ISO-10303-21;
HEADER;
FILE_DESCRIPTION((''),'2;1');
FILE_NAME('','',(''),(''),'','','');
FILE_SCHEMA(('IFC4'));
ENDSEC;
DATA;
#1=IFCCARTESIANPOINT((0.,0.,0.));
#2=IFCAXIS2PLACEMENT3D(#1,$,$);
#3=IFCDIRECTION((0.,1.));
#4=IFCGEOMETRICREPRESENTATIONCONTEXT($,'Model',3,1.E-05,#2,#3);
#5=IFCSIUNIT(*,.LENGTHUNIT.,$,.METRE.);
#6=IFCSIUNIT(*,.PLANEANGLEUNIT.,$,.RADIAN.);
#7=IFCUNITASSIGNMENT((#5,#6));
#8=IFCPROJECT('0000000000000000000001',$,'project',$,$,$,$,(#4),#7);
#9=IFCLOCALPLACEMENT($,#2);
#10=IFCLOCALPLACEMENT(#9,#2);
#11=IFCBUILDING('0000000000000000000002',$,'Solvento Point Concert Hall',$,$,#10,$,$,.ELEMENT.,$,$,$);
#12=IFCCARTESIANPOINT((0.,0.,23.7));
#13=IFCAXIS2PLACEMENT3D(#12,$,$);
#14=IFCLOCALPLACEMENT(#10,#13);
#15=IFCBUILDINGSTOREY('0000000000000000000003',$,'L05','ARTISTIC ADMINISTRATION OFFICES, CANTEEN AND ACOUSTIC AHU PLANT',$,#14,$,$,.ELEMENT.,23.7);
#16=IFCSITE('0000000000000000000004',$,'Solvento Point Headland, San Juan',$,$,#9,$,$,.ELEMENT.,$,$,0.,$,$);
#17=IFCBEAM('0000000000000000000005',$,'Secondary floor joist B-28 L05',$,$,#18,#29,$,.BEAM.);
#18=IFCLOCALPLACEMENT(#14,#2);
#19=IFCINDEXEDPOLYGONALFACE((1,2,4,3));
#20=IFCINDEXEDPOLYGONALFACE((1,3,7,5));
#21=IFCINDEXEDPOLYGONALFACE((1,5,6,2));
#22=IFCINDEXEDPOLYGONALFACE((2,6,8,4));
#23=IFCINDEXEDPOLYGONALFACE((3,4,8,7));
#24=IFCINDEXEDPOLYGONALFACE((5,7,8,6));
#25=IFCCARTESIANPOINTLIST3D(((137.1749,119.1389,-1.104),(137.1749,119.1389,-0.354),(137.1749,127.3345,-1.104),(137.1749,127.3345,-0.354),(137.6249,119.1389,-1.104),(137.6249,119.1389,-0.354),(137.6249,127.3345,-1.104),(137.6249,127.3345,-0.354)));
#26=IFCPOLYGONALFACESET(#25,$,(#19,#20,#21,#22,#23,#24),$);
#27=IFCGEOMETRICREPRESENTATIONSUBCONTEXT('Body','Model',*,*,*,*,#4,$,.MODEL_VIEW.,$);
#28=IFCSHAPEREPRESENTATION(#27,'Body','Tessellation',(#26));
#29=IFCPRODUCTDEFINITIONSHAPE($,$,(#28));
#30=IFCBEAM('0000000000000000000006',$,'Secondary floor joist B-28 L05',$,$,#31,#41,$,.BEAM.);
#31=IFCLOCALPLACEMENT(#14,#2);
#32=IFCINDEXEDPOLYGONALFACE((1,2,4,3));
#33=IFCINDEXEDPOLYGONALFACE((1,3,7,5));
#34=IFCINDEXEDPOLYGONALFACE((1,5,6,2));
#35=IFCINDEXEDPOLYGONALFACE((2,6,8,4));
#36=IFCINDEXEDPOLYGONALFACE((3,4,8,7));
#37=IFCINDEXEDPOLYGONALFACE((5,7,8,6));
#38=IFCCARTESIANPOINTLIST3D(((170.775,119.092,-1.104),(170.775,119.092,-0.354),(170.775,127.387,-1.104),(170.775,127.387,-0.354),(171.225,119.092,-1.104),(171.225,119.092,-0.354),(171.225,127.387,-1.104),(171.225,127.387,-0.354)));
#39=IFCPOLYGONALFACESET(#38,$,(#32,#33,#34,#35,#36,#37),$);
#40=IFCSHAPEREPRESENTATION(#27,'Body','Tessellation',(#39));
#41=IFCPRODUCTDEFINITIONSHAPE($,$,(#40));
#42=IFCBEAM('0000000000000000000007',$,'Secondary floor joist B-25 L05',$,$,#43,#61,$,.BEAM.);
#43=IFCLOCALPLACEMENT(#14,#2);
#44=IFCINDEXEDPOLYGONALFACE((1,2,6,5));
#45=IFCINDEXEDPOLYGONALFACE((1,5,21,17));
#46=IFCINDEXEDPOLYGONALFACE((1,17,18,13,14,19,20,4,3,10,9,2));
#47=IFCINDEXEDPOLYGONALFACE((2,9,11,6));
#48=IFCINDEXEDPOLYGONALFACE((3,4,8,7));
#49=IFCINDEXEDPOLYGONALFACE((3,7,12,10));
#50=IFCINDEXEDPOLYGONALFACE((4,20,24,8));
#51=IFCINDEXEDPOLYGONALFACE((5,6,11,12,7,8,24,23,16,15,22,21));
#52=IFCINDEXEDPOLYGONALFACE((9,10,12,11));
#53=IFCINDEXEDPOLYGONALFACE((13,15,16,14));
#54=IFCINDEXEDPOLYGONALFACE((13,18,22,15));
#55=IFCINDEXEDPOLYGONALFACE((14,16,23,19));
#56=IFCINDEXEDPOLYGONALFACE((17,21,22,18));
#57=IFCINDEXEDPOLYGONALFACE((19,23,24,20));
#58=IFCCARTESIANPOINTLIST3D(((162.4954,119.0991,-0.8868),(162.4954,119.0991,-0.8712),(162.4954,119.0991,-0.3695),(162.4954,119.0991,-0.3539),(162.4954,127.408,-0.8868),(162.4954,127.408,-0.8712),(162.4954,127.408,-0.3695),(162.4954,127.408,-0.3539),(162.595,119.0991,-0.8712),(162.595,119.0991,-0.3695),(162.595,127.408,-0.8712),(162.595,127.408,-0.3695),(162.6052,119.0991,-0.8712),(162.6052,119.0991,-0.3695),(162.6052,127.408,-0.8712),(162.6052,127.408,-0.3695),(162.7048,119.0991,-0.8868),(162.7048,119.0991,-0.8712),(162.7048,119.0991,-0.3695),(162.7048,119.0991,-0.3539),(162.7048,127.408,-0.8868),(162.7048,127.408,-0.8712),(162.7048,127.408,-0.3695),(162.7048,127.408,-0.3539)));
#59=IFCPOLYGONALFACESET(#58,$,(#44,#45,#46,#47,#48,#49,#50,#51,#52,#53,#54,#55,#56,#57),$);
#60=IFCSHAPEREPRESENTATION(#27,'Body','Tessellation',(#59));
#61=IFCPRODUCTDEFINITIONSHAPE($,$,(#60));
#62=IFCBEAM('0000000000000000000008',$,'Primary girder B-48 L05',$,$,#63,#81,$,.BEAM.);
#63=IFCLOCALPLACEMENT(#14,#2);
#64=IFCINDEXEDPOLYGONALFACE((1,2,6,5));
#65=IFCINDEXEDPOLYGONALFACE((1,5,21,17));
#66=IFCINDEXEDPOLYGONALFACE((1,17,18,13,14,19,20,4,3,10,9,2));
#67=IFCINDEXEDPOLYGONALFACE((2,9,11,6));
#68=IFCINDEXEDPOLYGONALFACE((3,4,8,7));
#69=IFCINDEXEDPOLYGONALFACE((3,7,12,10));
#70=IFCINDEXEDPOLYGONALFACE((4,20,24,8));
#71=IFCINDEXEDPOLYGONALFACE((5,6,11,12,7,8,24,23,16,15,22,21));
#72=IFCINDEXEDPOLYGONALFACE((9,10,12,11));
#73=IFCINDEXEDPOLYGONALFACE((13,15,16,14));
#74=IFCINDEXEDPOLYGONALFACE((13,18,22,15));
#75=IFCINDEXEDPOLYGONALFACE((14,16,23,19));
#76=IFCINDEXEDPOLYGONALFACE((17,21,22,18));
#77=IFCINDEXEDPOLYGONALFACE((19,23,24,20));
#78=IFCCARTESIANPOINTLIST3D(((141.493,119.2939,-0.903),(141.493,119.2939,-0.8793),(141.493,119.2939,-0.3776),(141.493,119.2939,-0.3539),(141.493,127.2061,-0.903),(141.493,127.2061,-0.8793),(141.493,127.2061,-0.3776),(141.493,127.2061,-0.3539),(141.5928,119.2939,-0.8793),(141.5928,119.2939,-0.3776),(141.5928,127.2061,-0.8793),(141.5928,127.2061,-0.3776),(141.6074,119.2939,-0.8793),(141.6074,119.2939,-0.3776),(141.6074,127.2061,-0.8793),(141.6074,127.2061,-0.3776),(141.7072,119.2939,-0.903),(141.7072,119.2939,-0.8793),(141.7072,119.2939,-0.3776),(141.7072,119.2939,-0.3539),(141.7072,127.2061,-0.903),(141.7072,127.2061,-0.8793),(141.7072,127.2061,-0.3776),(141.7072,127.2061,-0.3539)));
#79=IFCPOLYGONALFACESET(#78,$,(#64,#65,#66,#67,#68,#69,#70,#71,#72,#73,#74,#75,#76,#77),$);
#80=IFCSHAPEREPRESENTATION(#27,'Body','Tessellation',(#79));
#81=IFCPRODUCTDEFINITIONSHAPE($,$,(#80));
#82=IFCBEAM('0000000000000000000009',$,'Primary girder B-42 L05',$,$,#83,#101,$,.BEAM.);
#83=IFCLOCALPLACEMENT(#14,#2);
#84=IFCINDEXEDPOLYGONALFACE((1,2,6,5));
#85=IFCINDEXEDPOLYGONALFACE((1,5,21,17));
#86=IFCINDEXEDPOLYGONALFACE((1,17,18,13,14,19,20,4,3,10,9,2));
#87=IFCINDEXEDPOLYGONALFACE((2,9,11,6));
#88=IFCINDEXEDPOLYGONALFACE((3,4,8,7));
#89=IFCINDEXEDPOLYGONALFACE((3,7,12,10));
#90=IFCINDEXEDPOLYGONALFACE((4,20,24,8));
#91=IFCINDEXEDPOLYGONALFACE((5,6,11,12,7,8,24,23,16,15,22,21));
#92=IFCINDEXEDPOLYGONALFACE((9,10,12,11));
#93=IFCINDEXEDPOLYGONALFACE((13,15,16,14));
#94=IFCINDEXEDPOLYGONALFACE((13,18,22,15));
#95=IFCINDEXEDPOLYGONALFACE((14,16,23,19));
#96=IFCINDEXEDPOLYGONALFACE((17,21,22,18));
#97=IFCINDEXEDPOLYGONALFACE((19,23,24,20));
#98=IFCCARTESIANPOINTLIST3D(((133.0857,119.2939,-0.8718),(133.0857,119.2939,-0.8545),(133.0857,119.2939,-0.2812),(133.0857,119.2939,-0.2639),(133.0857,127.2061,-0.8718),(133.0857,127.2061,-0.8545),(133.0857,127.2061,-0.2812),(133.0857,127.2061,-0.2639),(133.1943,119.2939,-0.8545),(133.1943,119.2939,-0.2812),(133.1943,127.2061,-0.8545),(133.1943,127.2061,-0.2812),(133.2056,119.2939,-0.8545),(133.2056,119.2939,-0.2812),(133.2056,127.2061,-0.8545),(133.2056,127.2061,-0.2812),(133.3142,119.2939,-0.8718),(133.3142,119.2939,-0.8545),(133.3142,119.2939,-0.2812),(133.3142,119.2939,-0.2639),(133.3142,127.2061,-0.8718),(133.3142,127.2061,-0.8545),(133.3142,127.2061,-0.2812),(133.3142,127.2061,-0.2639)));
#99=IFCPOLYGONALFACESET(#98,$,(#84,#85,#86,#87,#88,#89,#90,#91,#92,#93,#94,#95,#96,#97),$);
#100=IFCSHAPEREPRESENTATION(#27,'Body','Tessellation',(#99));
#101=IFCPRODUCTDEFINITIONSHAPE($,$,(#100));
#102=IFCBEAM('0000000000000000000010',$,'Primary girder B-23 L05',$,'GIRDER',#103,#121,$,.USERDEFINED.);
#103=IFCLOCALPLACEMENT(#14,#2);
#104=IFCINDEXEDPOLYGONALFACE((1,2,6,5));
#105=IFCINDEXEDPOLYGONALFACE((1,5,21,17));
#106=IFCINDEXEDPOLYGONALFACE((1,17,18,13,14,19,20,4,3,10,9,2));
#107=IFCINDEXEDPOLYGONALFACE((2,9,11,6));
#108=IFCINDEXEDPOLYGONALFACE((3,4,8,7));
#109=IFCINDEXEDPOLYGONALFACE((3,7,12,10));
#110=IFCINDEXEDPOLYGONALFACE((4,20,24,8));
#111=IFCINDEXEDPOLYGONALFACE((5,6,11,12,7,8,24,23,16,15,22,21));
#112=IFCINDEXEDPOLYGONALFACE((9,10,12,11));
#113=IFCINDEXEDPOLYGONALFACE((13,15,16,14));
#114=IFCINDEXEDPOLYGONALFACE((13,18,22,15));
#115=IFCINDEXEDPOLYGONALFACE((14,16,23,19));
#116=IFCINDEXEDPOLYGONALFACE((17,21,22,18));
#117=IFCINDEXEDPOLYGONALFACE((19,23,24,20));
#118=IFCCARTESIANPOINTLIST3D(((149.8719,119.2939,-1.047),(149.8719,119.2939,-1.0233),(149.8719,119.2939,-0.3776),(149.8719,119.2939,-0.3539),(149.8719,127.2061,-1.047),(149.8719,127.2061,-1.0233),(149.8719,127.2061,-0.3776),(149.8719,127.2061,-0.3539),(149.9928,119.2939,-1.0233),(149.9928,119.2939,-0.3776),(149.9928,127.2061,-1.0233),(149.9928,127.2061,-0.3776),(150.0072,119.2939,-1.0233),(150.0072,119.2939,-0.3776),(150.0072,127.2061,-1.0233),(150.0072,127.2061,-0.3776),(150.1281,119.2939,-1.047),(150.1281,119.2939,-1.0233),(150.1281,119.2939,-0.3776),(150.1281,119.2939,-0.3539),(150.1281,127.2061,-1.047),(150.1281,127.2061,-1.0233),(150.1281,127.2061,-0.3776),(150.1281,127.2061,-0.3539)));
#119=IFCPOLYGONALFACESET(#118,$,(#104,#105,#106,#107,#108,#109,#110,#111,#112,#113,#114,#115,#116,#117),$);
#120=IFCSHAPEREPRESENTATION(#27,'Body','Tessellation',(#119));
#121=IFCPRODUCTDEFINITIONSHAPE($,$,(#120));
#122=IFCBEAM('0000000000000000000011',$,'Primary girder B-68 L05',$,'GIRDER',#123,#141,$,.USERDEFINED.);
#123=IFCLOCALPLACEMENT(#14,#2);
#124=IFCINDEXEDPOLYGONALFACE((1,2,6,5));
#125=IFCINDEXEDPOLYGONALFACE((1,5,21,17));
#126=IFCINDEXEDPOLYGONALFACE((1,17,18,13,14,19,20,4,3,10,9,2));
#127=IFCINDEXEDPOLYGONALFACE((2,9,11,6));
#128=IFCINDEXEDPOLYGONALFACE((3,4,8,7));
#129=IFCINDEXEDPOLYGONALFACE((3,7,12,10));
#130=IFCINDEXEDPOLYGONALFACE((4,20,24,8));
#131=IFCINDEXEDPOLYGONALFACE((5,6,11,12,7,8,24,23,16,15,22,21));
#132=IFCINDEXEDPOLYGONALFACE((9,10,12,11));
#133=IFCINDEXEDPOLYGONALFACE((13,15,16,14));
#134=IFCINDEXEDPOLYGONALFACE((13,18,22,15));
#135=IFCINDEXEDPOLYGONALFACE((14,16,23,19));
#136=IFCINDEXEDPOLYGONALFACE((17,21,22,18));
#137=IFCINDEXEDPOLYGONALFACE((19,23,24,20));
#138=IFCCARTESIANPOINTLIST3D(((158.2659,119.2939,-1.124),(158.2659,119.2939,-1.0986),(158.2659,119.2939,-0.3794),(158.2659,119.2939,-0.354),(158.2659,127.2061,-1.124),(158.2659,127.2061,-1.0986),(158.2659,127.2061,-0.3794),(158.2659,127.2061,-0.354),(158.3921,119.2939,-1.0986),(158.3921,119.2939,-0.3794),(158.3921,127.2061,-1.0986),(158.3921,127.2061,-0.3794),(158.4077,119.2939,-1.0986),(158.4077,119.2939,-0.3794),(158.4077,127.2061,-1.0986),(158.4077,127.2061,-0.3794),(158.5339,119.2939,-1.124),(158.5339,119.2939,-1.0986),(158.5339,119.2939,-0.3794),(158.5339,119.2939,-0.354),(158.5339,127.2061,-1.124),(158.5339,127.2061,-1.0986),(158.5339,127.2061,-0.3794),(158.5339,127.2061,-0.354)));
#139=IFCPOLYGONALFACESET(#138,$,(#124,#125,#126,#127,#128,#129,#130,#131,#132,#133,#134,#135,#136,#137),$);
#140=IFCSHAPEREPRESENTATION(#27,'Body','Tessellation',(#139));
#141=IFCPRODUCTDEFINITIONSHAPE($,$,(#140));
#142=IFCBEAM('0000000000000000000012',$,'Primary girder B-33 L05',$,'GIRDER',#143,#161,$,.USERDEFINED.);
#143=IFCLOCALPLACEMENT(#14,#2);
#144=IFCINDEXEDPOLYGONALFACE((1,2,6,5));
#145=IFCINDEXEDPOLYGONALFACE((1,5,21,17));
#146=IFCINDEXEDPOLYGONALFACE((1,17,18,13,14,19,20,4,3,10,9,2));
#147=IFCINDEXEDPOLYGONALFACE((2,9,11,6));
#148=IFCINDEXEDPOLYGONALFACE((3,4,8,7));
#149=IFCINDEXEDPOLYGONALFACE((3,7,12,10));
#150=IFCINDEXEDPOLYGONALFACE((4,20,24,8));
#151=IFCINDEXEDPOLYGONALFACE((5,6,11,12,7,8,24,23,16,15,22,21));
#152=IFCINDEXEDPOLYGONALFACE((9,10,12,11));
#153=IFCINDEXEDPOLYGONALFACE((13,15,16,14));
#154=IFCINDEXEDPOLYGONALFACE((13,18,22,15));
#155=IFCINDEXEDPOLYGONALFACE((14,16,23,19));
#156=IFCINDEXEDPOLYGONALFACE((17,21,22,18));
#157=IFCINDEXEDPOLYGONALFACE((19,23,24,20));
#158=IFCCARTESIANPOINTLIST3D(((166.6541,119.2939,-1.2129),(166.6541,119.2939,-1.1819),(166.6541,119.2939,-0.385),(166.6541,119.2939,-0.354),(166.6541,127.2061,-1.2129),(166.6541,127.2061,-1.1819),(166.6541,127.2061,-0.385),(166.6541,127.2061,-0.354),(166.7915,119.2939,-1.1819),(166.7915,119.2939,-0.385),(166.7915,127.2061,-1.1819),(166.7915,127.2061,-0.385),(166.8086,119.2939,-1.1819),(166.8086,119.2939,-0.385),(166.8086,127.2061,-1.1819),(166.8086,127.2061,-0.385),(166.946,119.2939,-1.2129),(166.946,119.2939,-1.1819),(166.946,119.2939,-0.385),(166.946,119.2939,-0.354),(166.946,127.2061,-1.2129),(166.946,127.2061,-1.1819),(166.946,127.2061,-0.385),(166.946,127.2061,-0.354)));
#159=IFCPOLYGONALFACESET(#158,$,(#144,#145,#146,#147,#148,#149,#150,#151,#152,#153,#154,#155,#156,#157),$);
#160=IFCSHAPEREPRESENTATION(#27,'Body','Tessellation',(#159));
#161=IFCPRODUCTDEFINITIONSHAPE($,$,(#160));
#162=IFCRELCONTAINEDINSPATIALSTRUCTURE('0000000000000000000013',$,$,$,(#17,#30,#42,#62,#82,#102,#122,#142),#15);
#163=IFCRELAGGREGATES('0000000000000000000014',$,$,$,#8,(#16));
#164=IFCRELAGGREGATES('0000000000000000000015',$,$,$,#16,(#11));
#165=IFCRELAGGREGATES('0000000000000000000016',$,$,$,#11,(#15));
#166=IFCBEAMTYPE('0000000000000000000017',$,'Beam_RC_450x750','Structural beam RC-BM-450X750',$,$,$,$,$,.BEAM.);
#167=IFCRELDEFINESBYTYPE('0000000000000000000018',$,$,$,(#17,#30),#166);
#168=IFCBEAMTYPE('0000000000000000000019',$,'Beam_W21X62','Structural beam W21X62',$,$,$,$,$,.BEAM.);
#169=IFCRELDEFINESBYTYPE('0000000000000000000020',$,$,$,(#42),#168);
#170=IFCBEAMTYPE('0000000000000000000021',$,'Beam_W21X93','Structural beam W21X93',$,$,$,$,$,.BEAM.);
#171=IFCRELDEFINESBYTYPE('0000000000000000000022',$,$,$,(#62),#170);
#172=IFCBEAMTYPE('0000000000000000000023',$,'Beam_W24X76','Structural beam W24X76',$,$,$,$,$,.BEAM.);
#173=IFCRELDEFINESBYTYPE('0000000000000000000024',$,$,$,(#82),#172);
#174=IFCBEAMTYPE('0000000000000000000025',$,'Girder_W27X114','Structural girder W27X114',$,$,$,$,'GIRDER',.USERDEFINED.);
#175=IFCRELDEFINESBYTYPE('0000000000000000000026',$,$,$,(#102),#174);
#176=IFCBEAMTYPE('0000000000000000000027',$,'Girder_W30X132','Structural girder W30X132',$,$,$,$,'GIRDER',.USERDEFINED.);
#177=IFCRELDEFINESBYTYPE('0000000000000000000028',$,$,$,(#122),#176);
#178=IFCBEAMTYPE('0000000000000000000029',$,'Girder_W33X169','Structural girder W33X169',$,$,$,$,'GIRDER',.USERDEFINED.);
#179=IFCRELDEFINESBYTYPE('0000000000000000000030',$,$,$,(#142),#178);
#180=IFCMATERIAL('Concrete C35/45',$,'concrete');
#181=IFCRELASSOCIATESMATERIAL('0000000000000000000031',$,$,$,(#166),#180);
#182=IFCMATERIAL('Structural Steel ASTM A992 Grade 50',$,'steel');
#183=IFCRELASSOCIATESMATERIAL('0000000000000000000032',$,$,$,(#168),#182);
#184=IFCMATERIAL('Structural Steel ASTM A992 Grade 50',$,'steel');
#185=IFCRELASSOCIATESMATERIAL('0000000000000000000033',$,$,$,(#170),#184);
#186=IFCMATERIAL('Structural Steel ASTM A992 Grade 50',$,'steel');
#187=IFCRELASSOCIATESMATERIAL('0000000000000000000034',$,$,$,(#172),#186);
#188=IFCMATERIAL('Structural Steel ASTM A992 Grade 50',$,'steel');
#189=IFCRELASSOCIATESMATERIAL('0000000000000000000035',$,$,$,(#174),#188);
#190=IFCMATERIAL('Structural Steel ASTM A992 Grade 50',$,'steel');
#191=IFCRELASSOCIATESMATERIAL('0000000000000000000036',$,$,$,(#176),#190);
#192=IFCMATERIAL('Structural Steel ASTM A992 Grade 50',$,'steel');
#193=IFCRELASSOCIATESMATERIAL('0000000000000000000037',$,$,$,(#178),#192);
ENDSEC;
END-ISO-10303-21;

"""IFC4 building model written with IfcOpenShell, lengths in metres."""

from ifc_helpers import new_model, si_unit, direction, frame, origin, origin_2d, place, context, subcontext, project, spatial, rectangle, i_section, extrude, material, material_profile, profile_set, type_object, element, save


model = new_model("IFC4")

# Units and contexts
model_context = context("Model", 3, precision=1e-05, world=origin(), true_north=direction((0.0, 1.0)))
body_context = subcontext(model_context, "Body", "Model", "MODEL_VIEW")
ifc_project = project(units=[si_unit("LENGTHUNIT", "METRE"), si_unit("PLANEANGLEUNIT", "RADIAN")], contexts=[model_context])

# Site, building, storey
site_placement = place(None, origin())
site = spatial("IfcSite", under=ifc_project, at=site_placement, Name="Solvento Point Headland, San Juan", CompositionType="ELEMENT", RefElevation=0.0)
building_placement = place(site_placement, origin())
building = spatial("IfcBuilding", under=site, at=building_placement, Name="Solvento Point Concert Hall", CompositionType="ELEMENT")
storey_placement = place(building_placement, frame((0.0, 0.0, 23.7)))
storey = spatial("IfcBuildingStorey", under=building, at=storey_placement, Name="L05", Description="ARTISTIC ADMINISTRATION OFFICES, CANTEEN AND ACOUSTIC AHU PLANT", CompositionType="ELEMENT", Elevation=23.7)

# Beams
ifc_material_1 = material(Name="Concrete C35/45", Category="concrete")
ifc_material_profile_1 = material_profile(ifc_material_1, rectangle(XDim=0.45, YDim=0.75, at=origin_2d()), Name="RC-BM-450X750")
ifc_profile_set_1 = profile_set([ifc_material_profile_1], Name="Concrete C35/45")
beam_type_1 = type_object("IfcBeamType", Name="Beam_RC_450x750", Description="Structural beam RC-BM-450X750", PredefinedType="BEAM", material=ifc_profile_set_1)
beam_1_placement = place(storey_placement, frame((137.3999, 119.1389, -0.729), z_axis=(0.0, 1.0, 0.0), x_axis=(-1.0, 0.0, 0.0)))
element("IfcBeam", 1, at=beam_1_placement, inside=storey, type_object=beam_type_1, Name="Secondary floor joist B-28 L05", PredefinedType="BEAM", context=body_context, shape_type="SweptSolid", body=[
    extrude(rectangle(XDim=0.45, YDim=0.75, at=origin_2d()), origin(), (0.0, 0.0, 1.0), 8.1956),
])
beam_2_placement = place(storey_placement, frame((171.0, 119.092, -0.729), z_axis=(0.0, 1.0, 0.0), x_axis=(-1.0, 0.0, 0.0)))
element("IfcBeam", 2, at=beam_2_placement, inside=storey, type_object=beam_type_1, Name="Secondary floor joist B-28 L05", PredefinedType="BEAM", context=body_context, shape_type="SweptSolid", body=[
    extrude(rectangle(XDim=0.45, YDim=0.75, at=origin_2d()), origin(), (0.0, 0.0, 1.0), 8.2949),
])
ifc_material_2 = material(Name="Structural Steel ASTM A992 Grade 50", Category="steel")
ifc_material_profile_2 = material_profile(ifc_material_2, i_section(OverallWidth=0.2095, OverallDepth=0.533, WebThickness=0.0103, FlangeThickness=0.0156, at=origin_2d()), Name="W21X62")
ifc_profile_set_2 = profile_set([ifc_material_profile_2], Name="Structural Steel ASTM A992 Grade 50")
beam_type_2 = type_object("IfcBeamType", Name="Beam_W21X62", Description="Structural beam W21X62", PredefinedType="BEAM", material=ifc_profile_set_2)
beam_3_placement = place(storey_placement, frame((162.6001, 119.0991, -0.6204), z_axis=(0.0, 1.0, 0.0), x_axis=(-1.0, 0.0, 0.0)))
element("IfcBeam", 3, at=beam_3_placement, inside=storey, type_object=beam_type_2, Name="Secondary floor joist B-25 L05", PredefinedType="BEAM", context=body_context, shape_type="SweptSolid", body=[
    extrude(i_section(OverallWidth=0.2095, OverallDepth=0.533, WebThickness=0.0103, FlangeThickness=0.0156, at=origin_2d()), origin(), (0.0, 0.0, 1.0), 8.3088),
])
ifc_material_3 = material(Name="Structural Steel ASTM A992 Grade 50", Category="steel")
ifc_material_profile_3 = material_profile(ifc_material_3, i_section(OverallWidth=0.2141, OverallDepth=0.5491, WebThickness=0.0146, FlangeThickness=0.0237, at=origin_2d()), Name="W21X93")
ifc_profile_set_3 = profile_set([ifc_material_profile_3], Name="Structural Steel ASTM A992 Grade 50")
beam_type_3 = type_object("IfcBeamType", Name="Beam_W21X93", Description="Structural beam W21X93", PredefinedType="BEAM", material=ifc_profile_set_3)
beam_4_placement = place(storey_placement, frame((141.6001, 119.2939, -0.6284), z_axis=(0.0, 1.0, 0.0), x_axis=(-1.0, 0.0, 0.0)))
element("IfcBeam", 4, at=beam_4_placement, inside=storey, type_object=beam_type_3, Name="Primary girder B-48 L05", PredefinedType="BEAM", context=body_context, shape_type="SweptSolid", body=[
    extrude(i_section(OverallWidth=0.2141, OverallDepth=0.5491, WebThickness=0.0146, FlangeThickness=0.0237, at=origin_2d()), origin(), (0.0, 0.0, 1.0), 7.9121),
])
ifc_material_4 = material(Name="Structural Steel ASTM A992 Grade 50", Category="steel")
ifc_material_profile_4 = material_profile(ifc_material_4, i_section(OverallWidth=0.2285, OverallDepth=0.6079, WebThickness=0.0112, FlangeThickness=0.0173, at=origin_2d()), Name="W24X76")
ifc_profile_set_4 = profile_set([ifc_material_profile_4], Name="Structural Steel ASTM A992 Grade 50")
beam_type_4 = type_object("IfcBeamType", Name="Beam_W24X76", Description="Structural beam W24X76", PredefinedType="BEAM", material=ifc_profile_set_4)
beam_5_placement = place(storey_placement, frame((133.2, 119.2939, -0.5679), z_axis=(0.0, 1.0, 0.0), x_axis=(-1.0, 0.0, 0.0)))
element("IfcBeam", 5, at=beam_5_placement, inside=storey, type_object=beam_type_4, Name="Primary girder B-42 L05", PredefinedType="BEAM", context=body_context, shape_type="SweptSolid", body=[
    extrude(i_section(OverallWidth=0.2285, OverallDepth=0.6079, WebThickness=0.0112, FlangeThickness=0.0173, at=origin_2d()), origin(), (0.0, 0.0, 1.0), 7.9121),
])
ifc_material_5 = material(Name="Structural Steel ASTM A992 Grade 50", Category="steel")
ifc_material_profile_5 = material_profile(ifc_material_5, i_section(OverallWidth=0.2561, OverallDepth=0.6931, WebThickness=0.0144, FlangeThickness=0.0237, at=origin_2d()), Name="W27X114")
ifc_profile_set_5 = profile_set([ifc_material_profile_5], Name="Structural Steel ASTM A992 Grade 50")
beam_type_5 = type_object("IfcBeamType", Name="Girder_W27X114", Description="Structural girder W27X114", ElementType="GIRDER", PredefinedType="USERDEFINED", material=ifc_profile_set_5)
beam_6_placement = place(storey_placement, frame((150.0, 119.2939, -0.7004), z_axis=(0.0, 1.0, 0.0), x_axis=(-1.0, 0.0, 0.0)))
element("IfcBeam", 6, at=beam_6_placement, inside=storey, type_object=beam_type_5, Name="Primary girder B-23 L05", ObjectType="GIRDER", PredefinedType="USERDEFINED", context=body_context, shape_type="SweptSolid", body=[
    extrude(i_section(OverallWidth=0.2561, OverallDepth=0.6931, WebThickness=0.0144, FlangeThickness=0.0237, at=origin_2d()), origin(), (0.0, 0.0, 1.0), 7.9121),
])
ifc_material_6 = material(Name="Structural Steel ASTM A992 Grade 50", Category="steel")
ifc_material_profile_6 = material_profile(ifc_material_6, i_section(OverallWidth=0.2681, OverallDepth=0.77, WebThickness=0.0156, FlangeThickness=0.0254, at=origin_2d()), Name="W30X132")
ifc_profile_set_6 = profile_set([ifc_material_profile_6], Name="Structural Steel ASTM A992 Grade 50")
beam_type_6 = type_object("IfcBeamType", Name="Girder_W30X132", Description="Structural girder W30X132", ElementType="GIRDER", PredefinedType="USERDEFINED", material=ifc_profile_set_6)
beam_7_placement = place(storey_placement, frame((158.3999, 119.2939, -0.739), z_axis=(0.0, 1.0, 0.0), x_axis=(-1.0, 0.0, 0.0)))
element("IfcBeam", 7, at=beam_7_placement, inside=storey, type_object=beam_type_6, Name="Primary girder B-68 L05", ObjectType="GIRDER", PredefinedType="USERDEFINED", context=body_context, shape_type="SweptSolid", body=[
    extrude(i_section(OverallWidth=0.2681, OverallDepth=0.77, WebThickness=0.0156, FlangeThickness=0.0254, at=origin_2d()), origin(), (0.0, 0.0, 1.0), 7.9121),
])
ifc_material_7 = material(Name="Structural Steel ASTM A992 Grade 50", Category="steel")
ifc_material_profile_7 = material_profile(ifc_material_7, i_section(OverallWidth=0.292, OverallDepth=0.8589, WebThickness=0.0171, FlangeThickness=0.031, at=origin_2d()), Name="W33X169")
ifc_profile_set_7 = profile_set([ifc_material_profile_7], Name="Structural Steel ASTM A992 Grade 50")
beam_type_7 = type_object("IfcBeamType", Name="Girder_W33X169", Description="Structural girder W33X169", ElementType="GIRDER", PredefinedType="USERDEFINED", material=ifc_profile_set_7)
beam_8_placement = place(storey_placement, frame((166.8, 119.2939, -0.7834), z_axis=(0.0, 1.0, 0.0), x_axis=(-1.0, 0.0, 0.0)))
element("IfcBeam", 8, at=beam_8_placement, inside=storey, type_object=beam_type_7, Name="Primary girder B-33 L05", ObjectType="GIRDER", PredefinedType="USERDEFINED", context=body_context, shape_type="SweptSolid", body=[
    extrude(i_section(OverallWidth=0.292, OverallDepth=0.8589, WebThickness=0.0171, FlangeThickness=0.031, at=origin_2d()), origin(), (0.0, 0.0, 1.0), 7.9121),
])

save(model, "model.ifc")
